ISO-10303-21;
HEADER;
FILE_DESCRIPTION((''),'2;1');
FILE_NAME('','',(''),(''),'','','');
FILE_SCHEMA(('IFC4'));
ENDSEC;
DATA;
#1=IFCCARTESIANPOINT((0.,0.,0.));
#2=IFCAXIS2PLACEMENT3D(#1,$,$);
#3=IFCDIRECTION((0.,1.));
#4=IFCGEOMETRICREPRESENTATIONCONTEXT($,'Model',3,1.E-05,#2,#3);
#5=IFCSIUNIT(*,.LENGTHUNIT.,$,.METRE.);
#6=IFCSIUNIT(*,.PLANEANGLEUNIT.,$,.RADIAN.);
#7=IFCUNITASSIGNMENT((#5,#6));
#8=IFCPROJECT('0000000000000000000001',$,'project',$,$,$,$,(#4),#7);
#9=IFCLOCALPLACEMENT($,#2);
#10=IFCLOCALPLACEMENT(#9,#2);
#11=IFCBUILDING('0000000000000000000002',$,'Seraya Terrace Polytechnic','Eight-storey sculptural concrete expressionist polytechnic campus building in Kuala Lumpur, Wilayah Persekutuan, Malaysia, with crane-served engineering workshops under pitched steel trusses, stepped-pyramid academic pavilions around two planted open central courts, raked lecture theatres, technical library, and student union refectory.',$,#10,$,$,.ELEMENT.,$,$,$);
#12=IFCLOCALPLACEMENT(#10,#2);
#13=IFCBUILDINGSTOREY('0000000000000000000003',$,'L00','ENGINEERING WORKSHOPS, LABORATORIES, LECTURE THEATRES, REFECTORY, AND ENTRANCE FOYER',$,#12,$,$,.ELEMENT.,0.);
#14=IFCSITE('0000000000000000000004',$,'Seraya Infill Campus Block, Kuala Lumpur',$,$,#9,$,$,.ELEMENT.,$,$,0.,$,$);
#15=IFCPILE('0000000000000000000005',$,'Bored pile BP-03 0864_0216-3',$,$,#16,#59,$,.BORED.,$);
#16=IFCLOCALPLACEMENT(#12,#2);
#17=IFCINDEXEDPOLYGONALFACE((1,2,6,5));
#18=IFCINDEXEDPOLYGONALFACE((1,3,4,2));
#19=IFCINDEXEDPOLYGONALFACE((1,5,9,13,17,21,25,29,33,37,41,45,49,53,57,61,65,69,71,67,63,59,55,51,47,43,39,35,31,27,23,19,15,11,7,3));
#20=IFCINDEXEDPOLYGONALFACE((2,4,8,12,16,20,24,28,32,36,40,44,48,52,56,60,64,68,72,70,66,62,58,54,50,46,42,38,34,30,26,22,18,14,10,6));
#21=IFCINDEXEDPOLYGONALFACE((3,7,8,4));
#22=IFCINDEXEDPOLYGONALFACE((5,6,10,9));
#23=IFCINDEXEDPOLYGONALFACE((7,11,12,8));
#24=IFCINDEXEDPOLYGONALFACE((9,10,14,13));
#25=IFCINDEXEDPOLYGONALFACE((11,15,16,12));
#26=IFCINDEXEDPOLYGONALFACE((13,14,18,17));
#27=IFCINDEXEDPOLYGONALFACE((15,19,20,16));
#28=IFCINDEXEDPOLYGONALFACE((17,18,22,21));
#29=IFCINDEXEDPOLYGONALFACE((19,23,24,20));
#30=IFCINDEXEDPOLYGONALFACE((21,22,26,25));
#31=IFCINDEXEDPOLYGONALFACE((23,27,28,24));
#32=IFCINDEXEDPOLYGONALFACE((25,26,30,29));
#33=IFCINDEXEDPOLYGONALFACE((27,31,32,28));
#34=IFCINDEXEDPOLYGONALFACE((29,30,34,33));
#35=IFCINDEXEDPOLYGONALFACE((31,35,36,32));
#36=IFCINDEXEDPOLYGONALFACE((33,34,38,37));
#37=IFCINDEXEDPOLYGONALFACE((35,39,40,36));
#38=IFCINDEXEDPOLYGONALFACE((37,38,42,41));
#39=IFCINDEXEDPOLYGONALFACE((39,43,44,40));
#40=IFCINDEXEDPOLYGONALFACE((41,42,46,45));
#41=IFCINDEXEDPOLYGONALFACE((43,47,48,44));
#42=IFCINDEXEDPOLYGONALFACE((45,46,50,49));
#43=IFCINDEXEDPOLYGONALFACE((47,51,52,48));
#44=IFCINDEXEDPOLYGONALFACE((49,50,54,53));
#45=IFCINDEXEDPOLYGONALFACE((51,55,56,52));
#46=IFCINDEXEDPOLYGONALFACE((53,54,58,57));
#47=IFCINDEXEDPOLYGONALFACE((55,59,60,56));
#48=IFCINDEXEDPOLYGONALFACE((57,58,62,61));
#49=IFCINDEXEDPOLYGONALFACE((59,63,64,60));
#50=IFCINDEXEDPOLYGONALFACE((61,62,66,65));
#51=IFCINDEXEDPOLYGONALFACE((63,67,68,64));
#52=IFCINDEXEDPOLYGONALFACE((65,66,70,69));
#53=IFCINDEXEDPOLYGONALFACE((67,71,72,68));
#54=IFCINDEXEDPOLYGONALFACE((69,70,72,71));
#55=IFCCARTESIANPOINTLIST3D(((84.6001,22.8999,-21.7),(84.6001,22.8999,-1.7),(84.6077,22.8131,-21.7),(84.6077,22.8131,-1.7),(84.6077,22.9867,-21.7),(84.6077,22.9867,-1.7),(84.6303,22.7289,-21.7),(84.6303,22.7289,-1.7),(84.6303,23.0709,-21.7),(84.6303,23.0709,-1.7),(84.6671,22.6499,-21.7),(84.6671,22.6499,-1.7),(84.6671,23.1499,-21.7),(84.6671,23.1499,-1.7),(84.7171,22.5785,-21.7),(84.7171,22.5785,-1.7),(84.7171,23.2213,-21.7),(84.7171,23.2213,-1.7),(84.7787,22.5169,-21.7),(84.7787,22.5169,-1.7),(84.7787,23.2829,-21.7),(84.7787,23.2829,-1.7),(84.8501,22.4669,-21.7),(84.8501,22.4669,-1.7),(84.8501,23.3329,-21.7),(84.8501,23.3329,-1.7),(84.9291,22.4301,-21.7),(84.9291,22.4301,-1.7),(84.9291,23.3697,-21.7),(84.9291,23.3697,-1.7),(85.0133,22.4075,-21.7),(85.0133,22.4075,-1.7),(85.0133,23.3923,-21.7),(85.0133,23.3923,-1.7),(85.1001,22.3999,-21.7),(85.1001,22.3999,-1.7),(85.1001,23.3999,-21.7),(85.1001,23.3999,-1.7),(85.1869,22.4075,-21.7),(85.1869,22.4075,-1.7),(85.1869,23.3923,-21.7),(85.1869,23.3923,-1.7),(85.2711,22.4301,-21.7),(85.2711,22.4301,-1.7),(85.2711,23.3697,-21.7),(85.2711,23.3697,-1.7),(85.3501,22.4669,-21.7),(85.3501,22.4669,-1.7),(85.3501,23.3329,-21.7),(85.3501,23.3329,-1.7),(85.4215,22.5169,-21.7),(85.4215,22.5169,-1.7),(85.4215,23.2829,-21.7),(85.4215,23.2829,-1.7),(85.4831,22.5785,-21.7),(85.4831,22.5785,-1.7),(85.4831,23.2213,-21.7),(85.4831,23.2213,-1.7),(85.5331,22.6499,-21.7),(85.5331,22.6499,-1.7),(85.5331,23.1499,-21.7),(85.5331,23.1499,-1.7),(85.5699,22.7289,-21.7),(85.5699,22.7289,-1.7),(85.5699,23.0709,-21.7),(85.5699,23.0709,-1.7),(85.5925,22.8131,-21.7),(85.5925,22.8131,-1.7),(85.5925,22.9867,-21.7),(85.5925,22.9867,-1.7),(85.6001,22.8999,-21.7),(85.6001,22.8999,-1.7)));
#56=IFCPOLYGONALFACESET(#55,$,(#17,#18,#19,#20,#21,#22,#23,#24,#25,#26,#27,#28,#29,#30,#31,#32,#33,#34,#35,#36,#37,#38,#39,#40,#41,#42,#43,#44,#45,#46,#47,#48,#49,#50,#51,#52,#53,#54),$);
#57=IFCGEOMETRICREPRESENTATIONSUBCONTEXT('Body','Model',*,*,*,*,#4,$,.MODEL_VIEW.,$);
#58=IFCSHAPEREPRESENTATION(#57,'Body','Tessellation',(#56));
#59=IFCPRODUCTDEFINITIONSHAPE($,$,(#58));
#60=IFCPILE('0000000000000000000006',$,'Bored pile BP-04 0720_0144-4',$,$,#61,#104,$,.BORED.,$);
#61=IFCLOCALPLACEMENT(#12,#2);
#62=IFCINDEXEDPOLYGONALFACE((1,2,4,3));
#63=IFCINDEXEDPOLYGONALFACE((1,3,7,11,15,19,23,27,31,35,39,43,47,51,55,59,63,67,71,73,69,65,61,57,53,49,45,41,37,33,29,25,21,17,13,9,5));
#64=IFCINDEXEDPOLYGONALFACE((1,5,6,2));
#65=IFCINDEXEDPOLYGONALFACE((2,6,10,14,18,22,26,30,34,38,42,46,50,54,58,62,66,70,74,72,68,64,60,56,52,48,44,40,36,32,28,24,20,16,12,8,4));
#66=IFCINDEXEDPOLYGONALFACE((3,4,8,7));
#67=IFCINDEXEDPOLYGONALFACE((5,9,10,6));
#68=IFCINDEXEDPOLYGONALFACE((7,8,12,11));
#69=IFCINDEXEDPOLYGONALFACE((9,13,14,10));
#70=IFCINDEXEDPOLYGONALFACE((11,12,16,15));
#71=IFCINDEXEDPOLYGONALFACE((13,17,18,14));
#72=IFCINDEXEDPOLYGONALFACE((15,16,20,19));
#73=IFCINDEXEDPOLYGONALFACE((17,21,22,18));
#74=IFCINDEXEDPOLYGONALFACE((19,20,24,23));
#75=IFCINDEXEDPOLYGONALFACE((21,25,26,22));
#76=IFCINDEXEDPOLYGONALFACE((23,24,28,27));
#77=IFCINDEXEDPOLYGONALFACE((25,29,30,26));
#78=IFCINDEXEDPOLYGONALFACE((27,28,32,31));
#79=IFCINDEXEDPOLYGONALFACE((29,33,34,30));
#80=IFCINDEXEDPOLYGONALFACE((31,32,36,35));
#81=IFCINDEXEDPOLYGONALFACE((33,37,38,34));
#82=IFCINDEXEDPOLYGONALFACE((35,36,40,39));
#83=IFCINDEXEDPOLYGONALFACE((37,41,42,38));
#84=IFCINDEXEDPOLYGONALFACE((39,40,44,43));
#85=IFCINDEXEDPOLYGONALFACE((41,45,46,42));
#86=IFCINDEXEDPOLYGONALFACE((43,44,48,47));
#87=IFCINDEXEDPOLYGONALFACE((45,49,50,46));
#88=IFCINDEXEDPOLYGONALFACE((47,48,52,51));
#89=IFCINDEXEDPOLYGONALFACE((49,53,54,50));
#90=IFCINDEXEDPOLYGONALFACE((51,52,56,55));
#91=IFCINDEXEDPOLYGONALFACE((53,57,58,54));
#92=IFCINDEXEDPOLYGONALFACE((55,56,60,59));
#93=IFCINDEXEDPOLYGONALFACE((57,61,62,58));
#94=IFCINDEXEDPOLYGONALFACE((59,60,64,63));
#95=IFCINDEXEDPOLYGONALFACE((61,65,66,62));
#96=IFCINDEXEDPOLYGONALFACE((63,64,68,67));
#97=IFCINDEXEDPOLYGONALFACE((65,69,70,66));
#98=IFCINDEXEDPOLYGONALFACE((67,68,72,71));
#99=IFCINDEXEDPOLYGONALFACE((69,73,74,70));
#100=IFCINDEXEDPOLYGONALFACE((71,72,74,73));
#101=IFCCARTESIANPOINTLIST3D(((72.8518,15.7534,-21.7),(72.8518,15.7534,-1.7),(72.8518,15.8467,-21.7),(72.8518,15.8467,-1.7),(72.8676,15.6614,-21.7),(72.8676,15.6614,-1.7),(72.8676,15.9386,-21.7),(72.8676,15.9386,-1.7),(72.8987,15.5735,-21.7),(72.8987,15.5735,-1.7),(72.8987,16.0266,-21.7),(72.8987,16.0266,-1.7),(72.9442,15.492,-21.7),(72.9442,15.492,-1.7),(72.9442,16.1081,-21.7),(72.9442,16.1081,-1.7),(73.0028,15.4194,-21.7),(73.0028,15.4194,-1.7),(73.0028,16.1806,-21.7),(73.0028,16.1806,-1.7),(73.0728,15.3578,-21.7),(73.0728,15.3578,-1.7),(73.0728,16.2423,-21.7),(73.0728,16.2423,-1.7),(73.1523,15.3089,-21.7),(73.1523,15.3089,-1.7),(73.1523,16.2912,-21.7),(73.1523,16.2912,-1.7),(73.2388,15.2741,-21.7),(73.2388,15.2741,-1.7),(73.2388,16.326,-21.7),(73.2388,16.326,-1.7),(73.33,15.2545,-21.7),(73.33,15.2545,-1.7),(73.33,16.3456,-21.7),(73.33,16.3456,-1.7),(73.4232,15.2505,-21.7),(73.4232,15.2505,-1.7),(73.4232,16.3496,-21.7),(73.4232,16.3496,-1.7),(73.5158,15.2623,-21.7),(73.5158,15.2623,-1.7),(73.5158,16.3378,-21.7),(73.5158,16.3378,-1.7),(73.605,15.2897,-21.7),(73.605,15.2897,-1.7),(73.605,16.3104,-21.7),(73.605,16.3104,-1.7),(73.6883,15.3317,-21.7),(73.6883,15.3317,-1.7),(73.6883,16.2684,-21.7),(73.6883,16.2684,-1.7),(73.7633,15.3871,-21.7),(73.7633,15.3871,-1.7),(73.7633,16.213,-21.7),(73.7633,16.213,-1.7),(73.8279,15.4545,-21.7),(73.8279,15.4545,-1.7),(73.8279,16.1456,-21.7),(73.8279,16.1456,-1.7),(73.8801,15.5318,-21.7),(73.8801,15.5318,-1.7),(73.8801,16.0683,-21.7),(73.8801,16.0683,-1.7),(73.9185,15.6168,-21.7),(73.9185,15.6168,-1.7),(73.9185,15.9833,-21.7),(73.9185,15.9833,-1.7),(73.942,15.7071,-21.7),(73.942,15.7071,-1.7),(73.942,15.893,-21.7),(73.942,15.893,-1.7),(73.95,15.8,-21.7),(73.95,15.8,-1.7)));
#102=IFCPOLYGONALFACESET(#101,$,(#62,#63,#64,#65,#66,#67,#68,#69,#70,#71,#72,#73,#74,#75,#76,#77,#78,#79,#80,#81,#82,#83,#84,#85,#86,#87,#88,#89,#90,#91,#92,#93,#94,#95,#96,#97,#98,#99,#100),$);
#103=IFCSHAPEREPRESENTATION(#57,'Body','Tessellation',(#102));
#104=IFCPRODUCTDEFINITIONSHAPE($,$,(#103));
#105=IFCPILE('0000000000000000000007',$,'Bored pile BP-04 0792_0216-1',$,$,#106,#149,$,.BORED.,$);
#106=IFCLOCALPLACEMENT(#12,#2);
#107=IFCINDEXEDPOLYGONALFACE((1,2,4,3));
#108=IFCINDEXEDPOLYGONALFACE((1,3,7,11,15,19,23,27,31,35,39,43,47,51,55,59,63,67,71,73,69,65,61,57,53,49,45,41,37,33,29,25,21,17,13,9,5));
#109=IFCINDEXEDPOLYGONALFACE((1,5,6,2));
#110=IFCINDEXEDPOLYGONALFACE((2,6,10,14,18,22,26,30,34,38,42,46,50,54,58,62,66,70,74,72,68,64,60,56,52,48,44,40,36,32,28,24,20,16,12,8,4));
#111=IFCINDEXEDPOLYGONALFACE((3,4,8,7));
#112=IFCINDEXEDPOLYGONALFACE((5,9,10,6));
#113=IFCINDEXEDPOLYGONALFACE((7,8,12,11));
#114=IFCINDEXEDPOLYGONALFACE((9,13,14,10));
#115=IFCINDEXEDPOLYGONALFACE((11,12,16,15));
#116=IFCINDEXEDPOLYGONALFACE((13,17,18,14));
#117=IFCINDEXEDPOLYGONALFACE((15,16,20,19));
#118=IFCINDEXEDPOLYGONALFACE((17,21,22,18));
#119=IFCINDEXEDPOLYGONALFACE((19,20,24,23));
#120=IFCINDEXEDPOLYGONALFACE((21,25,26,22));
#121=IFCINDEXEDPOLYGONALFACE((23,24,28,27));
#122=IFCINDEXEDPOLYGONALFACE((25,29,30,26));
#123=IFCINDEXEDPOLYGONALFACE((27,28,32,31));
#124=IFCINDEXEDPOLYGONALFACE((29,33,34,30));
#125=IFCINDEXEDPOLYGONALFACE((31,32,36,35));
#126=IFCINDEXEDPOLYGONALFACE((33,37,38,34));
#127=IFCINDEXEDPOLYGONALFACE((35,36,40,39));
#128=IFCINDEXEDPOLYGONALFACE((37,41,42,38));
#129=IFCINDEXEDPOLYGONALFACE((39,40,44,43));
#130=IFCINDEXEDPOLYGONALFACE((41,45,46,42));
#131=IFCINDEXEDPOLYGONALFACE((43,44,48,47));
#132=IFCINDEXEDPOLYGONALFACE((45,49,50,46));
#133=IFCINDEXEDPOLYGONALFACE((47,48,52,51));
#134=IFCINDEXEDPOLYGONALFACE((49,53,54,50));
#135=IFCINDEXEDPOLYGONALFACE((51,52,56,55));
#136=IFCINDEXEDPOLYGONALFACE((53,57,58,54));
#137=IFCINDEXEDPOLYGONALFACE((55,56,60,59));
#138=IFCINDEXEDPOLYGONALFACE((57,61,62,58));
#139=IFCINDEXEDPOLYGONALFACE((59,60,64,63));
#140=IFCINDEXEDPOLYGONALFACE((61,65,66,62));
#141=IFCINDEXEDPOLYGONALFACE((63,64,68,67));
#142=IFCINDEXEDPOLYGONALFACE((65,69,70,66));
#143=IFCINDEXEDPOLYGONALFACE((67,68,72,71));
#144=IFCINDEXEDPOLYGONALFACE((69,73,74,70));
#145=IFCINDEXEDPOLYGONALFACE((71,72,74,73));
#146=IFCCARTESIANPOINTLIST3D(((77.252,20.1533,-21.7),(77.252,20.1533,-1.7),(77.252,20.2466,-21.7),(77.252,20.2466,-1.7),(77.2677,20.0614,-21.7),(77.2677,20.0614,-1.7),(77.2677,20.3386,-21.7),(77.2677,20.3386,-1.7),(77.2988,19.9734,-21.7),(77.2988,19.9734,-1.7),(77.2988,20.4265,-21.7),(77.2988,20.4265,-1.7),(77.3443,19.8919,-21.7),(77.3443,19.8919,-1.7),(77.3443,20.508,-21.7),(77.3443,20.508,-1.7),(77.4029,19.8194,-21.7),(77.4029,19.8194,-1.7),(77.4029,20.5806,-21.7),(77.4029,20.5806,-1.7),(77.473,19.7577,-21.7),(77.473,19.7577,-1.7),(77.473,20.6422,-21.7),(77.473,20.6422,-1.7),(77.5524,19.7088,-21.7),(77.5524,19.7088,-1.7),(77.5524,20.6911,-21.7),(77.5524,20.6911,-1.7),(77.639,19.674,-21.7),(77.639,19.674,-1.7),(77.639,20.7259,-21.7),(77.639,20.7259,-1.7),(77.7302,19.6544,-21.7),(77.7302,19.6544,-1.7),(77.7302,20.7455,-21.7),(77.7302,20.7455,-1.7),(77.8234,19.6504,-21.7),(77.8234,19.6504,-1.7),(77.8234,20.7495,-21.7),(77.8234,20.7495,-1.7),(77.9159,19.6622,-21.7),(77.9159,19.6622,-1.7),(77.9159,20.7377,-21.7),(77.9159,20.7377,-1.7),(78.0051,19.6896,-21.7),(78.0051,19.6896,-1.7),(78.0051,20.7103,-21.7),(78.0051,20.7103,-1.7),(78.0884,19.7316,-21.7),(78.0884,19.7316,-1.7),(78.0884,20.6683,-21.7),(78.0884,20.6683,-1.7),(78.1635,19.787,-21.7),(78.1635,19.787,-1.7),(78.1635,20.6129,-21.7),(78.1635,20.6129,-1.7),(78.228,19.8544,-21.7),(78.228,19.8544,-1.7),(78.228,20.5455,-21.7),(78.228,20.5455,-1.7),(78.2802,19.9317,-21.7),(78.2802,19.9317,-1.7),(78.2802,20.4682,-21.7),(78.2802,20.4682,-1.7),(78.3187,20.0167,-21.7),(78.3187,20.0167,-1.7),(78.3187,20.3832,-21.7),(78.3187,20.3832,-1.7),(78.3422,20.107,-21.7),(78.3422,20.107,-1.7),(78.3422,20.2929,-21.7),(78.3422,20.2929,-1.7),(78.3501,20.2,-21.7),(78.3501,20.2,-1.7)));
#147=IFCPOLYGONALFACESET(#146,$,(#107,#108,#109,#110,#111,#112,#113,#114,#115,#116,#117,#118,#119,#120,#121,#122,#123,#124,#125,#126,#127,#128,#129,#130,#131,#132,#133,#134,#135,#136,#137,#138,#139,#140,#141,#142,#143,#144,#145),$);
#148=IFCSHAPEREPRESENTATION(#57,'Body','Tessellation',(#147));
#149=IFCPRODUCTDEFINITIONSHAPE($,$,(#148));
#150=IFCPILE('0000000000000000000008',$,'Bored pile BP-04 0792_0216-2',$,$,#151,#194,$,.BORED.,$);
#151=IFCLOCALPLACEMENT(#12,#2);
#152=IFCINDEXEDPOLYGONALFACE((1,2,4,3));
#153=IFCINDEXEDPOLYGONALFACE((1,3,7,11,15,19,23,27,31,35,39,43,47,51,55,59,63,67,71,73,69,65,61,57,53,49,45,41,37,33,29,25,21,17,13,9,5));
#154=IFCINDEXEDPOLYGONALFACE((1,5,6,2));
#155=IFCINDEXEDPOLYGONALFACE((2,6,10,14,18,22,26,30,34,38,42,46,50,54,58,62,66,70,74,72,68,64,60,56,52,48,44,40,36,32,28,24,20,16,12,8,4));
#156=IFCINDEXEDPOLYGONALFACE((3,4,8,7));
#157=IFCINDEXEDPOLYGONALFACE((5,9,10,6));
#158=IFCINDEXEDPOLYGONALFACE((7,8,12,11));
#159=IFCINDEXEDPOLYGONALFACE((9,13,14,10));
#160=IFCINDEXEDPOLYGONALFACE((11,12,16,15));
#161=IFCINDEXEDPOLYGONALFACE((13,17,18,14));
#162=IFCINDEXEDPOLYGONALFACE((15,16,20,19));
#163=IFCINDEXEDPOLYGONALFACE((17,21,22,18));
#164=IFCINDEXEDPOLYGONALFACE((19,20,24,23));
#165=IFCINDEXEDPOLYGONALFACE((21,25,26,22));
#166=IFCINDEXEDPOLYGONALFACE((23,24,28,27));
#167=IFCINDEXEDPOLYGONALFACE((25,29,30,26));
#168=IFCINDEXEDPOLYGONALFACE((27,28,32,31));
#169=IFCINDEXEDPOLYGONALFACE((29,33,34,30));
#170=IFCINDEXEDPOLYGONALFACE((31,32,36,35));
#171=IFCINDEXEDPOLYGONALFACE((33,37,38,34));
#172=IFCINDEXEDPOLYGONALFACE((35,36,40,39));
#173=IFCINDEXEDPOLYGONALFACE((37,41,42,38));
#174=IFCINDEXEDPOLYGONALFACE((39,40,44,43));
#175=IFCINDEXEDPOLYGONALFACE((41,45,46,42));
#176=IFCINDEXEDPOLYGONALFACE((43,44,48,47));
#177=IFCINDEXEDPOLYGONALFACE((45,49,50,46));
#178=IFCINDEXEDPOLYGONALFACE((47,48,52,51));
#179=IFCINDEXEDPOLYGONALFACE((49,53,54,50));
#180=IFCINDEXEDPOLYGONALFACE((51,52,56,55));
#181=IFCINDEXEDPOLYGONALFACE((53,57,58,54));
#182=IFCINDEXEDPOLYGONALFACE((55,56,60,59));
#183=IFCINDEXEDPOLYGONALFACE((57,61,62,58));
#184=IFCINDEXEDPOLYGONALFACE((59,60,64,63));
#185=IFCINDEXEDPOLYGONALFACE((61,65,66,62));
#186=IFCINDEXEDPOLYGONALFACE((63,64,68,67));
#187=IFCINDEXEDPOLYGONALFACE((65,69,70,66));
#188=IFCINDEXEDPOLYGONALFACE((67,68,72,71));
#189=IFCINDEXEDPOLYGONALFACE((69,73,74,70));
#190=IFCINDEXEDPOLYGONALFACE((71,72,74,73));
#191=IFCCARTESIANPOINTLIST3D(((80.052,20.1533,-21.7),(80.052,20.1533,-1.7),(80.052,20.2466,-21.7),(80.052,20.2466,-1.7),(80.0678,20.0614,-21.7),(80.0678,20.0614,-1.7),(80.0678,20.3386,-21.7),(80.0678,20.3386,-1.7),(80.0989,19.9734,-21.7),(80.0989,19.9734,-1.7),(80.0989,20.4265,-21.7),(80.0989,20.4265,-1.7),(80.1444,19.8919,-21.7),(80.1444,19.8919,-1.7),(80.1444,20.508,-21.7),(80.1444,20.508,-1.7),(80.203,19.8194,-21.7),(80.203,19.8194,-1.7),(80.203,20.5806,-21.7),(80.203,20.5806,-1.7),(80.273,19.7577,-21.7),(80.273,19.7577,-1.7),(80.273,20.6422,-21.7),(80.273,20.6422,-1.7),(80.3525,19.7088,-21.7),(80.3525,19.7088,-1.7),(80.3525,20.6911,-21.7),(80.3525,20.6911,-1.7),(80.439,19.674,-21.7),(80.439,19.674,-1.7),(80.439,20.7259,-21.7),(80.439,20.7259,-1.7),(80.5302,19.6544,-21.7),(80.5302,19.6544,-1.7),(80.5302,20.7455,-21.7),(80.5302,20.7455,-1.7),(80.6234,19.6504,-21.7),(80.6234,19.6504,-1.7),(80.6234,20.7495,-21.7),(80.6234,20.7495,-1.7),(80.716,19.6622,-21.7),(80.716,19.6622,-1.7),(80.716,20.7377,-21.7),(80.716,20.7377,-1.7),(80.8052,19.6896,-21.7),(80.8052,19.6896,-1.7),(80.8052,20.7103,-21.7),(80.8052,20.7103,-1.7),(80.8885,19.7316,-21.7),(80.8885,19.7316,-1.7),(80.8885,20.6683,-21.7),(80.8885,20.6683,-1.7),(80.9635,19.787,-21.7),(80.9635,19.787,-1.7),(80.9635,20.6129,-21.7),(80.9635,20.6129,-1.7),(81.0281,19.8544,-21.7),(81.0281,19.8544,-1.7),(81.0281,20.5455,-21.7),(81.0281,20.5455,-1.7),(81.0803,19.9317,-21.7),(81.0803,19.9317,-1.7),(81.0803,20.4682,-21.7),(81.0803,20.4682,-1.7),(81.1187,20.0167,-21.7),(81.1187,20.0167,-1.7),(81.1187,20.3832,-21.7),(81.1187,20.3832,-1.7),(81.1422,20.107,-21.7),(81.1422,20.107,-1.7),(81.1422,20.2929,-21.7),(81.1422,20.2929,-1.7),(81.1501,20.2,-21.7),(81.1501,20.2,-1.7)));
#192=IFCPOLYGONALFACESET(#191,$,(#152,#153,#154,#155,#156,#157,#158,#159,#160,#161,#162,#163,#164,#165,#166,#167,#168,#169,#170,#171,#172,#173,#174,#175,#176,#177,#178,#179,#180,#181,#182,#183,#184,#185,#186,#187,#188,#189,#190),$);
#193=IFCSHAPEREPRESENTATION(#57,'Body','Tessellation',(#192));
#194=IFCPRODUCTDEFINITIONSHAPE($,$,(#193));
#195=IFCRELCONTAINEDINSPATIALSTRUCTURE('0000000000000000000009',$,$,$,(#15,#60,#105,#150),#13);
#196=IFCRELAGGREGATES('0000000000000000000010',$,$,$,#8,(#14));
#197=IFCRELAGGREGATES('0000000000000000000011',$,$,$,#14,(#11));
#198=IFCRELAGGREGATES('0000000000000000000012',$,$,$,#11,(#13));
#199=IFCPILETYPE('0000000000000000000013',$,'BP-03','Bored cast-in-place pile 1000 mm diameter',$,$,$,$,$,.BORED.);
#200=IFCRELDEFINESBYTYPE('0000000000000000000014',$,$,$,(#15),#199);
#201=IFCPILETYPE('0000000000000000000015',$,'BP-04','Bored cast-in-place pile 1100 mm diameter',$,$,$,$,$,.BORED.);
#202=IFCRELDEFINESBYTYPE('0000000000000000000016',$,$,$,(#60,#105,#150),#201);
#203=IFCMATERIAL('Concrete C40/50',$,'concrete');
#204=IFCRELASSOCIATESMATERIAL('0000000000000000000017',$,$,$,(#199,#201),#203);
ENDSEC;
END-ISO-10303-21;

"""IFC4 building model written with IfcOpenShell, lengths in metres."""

from ifc_helpers import new_model, si_unit, direction, frame, origin, origin_2d, place, context, subcontext, project, spatial, circle, extrude, material, material_profile, profile_set, type_object, element, save


model = new_model("IFC4")

# Units and contexts
model_context = context("Model", 3, precision=1e-05, world=origin(), true_north=direction((0.0, 1.0)))
body_context = subcontext(model_context, "Body", "Model", "MODEL_VIEW")
ifc_project = project(units=[si_unit("LENGTHUNIT", "METRE"), si_unit("PLANEANGLEUNIT", "RADIAN")], contexts=[model_context])

# Site, building, storey
site_placement = place(None, origin())
site = spatial("IfcSite", under=ifc_project, at=site_placement, Name="Seraya Infill Campus Block, Kuala Lumpur", CompositionType="ELEMENT", RefElevation=0.0)
building_placement = place(site_placement, origin())
building = spatial("IfcBuilding", under=site, at=building_placement, Name="Seraya Terrace Polytechnic", Description="Eight-storey sculptural concrete expressionist polytechnic campus building in Kuala Lumpur, Wilayah Persekutuan, Malaysia, with crane-served engineering workshops under pitched steel trusses, stepped-pyramid academic pavilions around two planted open central courts, raked lecture theatres, technical library, and student union refectory.", CompositionType="ELEMENT")
storey_placement = place(building_placement, origin())
storey = spatial("IfcBuildingStorey", under=building, at=storey_placement, Name="L00", Description="ENGINEERING WORKSHOPS, LABORATORIES, LECTURE THEATRES, REFECTORY, AND ENTRANCE FOYER", CompositionType="ELEMENT", Elevation=0.0)

# Piles
ifc_material_1 = material(Name="Concrete C40/50", Category="concrete")
ifc_material_profile_1 = material_profile(ifc_material_1, circle(Radius=0.5, at=origin_2d()), Name="DIA 1000")
ifc_profile_set_1 = profile_set([ifc_material_profile_1], Name="Concrete C40/50")
pile_type_1 = type_object("IfcPileType", Name="BP-03", Description="Bored cast-in-place pile 1000 mm diameter", PredefinedType="BORED", material=ifc_profile_set_1)
for number, where, z_axis, x_axis, name in (
    (1, (85.1001, 22.8999, -1.7), (0.0, 0.0, -1.0), (1.0, 0.0, 0.0), "Bored pile BP-03 0864_0216-3"),
):
    element("IfcPile", number, at=place(storey_placement, frame(where, z_axis=z_axis, x_axis=x_axis)), inside=storey, type_object=pile_type_1, Name=name, PredefinedType="BORED", context=body_context, shape_type="SweptSolid", body=[
        extrude(circle(Radius=0.5, at=origin_2d()), origin(), (0.0, 0.0, 1.0), 20.0),
    ])
ifc_material_profile_2 = material_profile(ifc_material_1, circle(Radius=0.55, at=origin_2d()), Name="DIA 1100")
ifc_profile_set_2 = profile_set([ifc_material_profile_2], Name="Concrete C40/50")
pile_type_2 = type_object("IfcPileType", Name="BP-04", Description="Bored cast-in-place pile 1100 mm diameter", PredefinedType="BORED", material=ifc_profile_set_2)
for number, where, z_axis, x_axis, name in (
    (2, (73.3999, 15.8, -1.7), (0.0, 0.0, -1.0), (1.0, 0.0, 0.0), "Bored pile BP-04 0720_0144-4"),
    (3, (77.8, 20.2, -1.7), (0.0, 0.0, -1.0), (1.0, 0.0, 0.0), "Bored pile BP-04 0792_0216-1"),
    (4, (80.6001, 20.2, -1.7), (0.0, 0.0, -1.0), (1.0, 0.0, 0.0), "Bored pile BP-04 0792_0216-2"),
):
    element("IfcPile", number, at=place(storey_placement, frame(where, z_axis=z_axis, x_axis=x_axis)), inside=storey, type_object=pile_type_2, Name=name, PredefinedType="BORED", context=body_context, shape_type="SweptSolid", body=[
        extrude(circle(Radius=0.55, at=origin_2d()), origin(), (0.0, 0.0, 1.0), 20.0),
    ])

save(model, "model.ifc")
